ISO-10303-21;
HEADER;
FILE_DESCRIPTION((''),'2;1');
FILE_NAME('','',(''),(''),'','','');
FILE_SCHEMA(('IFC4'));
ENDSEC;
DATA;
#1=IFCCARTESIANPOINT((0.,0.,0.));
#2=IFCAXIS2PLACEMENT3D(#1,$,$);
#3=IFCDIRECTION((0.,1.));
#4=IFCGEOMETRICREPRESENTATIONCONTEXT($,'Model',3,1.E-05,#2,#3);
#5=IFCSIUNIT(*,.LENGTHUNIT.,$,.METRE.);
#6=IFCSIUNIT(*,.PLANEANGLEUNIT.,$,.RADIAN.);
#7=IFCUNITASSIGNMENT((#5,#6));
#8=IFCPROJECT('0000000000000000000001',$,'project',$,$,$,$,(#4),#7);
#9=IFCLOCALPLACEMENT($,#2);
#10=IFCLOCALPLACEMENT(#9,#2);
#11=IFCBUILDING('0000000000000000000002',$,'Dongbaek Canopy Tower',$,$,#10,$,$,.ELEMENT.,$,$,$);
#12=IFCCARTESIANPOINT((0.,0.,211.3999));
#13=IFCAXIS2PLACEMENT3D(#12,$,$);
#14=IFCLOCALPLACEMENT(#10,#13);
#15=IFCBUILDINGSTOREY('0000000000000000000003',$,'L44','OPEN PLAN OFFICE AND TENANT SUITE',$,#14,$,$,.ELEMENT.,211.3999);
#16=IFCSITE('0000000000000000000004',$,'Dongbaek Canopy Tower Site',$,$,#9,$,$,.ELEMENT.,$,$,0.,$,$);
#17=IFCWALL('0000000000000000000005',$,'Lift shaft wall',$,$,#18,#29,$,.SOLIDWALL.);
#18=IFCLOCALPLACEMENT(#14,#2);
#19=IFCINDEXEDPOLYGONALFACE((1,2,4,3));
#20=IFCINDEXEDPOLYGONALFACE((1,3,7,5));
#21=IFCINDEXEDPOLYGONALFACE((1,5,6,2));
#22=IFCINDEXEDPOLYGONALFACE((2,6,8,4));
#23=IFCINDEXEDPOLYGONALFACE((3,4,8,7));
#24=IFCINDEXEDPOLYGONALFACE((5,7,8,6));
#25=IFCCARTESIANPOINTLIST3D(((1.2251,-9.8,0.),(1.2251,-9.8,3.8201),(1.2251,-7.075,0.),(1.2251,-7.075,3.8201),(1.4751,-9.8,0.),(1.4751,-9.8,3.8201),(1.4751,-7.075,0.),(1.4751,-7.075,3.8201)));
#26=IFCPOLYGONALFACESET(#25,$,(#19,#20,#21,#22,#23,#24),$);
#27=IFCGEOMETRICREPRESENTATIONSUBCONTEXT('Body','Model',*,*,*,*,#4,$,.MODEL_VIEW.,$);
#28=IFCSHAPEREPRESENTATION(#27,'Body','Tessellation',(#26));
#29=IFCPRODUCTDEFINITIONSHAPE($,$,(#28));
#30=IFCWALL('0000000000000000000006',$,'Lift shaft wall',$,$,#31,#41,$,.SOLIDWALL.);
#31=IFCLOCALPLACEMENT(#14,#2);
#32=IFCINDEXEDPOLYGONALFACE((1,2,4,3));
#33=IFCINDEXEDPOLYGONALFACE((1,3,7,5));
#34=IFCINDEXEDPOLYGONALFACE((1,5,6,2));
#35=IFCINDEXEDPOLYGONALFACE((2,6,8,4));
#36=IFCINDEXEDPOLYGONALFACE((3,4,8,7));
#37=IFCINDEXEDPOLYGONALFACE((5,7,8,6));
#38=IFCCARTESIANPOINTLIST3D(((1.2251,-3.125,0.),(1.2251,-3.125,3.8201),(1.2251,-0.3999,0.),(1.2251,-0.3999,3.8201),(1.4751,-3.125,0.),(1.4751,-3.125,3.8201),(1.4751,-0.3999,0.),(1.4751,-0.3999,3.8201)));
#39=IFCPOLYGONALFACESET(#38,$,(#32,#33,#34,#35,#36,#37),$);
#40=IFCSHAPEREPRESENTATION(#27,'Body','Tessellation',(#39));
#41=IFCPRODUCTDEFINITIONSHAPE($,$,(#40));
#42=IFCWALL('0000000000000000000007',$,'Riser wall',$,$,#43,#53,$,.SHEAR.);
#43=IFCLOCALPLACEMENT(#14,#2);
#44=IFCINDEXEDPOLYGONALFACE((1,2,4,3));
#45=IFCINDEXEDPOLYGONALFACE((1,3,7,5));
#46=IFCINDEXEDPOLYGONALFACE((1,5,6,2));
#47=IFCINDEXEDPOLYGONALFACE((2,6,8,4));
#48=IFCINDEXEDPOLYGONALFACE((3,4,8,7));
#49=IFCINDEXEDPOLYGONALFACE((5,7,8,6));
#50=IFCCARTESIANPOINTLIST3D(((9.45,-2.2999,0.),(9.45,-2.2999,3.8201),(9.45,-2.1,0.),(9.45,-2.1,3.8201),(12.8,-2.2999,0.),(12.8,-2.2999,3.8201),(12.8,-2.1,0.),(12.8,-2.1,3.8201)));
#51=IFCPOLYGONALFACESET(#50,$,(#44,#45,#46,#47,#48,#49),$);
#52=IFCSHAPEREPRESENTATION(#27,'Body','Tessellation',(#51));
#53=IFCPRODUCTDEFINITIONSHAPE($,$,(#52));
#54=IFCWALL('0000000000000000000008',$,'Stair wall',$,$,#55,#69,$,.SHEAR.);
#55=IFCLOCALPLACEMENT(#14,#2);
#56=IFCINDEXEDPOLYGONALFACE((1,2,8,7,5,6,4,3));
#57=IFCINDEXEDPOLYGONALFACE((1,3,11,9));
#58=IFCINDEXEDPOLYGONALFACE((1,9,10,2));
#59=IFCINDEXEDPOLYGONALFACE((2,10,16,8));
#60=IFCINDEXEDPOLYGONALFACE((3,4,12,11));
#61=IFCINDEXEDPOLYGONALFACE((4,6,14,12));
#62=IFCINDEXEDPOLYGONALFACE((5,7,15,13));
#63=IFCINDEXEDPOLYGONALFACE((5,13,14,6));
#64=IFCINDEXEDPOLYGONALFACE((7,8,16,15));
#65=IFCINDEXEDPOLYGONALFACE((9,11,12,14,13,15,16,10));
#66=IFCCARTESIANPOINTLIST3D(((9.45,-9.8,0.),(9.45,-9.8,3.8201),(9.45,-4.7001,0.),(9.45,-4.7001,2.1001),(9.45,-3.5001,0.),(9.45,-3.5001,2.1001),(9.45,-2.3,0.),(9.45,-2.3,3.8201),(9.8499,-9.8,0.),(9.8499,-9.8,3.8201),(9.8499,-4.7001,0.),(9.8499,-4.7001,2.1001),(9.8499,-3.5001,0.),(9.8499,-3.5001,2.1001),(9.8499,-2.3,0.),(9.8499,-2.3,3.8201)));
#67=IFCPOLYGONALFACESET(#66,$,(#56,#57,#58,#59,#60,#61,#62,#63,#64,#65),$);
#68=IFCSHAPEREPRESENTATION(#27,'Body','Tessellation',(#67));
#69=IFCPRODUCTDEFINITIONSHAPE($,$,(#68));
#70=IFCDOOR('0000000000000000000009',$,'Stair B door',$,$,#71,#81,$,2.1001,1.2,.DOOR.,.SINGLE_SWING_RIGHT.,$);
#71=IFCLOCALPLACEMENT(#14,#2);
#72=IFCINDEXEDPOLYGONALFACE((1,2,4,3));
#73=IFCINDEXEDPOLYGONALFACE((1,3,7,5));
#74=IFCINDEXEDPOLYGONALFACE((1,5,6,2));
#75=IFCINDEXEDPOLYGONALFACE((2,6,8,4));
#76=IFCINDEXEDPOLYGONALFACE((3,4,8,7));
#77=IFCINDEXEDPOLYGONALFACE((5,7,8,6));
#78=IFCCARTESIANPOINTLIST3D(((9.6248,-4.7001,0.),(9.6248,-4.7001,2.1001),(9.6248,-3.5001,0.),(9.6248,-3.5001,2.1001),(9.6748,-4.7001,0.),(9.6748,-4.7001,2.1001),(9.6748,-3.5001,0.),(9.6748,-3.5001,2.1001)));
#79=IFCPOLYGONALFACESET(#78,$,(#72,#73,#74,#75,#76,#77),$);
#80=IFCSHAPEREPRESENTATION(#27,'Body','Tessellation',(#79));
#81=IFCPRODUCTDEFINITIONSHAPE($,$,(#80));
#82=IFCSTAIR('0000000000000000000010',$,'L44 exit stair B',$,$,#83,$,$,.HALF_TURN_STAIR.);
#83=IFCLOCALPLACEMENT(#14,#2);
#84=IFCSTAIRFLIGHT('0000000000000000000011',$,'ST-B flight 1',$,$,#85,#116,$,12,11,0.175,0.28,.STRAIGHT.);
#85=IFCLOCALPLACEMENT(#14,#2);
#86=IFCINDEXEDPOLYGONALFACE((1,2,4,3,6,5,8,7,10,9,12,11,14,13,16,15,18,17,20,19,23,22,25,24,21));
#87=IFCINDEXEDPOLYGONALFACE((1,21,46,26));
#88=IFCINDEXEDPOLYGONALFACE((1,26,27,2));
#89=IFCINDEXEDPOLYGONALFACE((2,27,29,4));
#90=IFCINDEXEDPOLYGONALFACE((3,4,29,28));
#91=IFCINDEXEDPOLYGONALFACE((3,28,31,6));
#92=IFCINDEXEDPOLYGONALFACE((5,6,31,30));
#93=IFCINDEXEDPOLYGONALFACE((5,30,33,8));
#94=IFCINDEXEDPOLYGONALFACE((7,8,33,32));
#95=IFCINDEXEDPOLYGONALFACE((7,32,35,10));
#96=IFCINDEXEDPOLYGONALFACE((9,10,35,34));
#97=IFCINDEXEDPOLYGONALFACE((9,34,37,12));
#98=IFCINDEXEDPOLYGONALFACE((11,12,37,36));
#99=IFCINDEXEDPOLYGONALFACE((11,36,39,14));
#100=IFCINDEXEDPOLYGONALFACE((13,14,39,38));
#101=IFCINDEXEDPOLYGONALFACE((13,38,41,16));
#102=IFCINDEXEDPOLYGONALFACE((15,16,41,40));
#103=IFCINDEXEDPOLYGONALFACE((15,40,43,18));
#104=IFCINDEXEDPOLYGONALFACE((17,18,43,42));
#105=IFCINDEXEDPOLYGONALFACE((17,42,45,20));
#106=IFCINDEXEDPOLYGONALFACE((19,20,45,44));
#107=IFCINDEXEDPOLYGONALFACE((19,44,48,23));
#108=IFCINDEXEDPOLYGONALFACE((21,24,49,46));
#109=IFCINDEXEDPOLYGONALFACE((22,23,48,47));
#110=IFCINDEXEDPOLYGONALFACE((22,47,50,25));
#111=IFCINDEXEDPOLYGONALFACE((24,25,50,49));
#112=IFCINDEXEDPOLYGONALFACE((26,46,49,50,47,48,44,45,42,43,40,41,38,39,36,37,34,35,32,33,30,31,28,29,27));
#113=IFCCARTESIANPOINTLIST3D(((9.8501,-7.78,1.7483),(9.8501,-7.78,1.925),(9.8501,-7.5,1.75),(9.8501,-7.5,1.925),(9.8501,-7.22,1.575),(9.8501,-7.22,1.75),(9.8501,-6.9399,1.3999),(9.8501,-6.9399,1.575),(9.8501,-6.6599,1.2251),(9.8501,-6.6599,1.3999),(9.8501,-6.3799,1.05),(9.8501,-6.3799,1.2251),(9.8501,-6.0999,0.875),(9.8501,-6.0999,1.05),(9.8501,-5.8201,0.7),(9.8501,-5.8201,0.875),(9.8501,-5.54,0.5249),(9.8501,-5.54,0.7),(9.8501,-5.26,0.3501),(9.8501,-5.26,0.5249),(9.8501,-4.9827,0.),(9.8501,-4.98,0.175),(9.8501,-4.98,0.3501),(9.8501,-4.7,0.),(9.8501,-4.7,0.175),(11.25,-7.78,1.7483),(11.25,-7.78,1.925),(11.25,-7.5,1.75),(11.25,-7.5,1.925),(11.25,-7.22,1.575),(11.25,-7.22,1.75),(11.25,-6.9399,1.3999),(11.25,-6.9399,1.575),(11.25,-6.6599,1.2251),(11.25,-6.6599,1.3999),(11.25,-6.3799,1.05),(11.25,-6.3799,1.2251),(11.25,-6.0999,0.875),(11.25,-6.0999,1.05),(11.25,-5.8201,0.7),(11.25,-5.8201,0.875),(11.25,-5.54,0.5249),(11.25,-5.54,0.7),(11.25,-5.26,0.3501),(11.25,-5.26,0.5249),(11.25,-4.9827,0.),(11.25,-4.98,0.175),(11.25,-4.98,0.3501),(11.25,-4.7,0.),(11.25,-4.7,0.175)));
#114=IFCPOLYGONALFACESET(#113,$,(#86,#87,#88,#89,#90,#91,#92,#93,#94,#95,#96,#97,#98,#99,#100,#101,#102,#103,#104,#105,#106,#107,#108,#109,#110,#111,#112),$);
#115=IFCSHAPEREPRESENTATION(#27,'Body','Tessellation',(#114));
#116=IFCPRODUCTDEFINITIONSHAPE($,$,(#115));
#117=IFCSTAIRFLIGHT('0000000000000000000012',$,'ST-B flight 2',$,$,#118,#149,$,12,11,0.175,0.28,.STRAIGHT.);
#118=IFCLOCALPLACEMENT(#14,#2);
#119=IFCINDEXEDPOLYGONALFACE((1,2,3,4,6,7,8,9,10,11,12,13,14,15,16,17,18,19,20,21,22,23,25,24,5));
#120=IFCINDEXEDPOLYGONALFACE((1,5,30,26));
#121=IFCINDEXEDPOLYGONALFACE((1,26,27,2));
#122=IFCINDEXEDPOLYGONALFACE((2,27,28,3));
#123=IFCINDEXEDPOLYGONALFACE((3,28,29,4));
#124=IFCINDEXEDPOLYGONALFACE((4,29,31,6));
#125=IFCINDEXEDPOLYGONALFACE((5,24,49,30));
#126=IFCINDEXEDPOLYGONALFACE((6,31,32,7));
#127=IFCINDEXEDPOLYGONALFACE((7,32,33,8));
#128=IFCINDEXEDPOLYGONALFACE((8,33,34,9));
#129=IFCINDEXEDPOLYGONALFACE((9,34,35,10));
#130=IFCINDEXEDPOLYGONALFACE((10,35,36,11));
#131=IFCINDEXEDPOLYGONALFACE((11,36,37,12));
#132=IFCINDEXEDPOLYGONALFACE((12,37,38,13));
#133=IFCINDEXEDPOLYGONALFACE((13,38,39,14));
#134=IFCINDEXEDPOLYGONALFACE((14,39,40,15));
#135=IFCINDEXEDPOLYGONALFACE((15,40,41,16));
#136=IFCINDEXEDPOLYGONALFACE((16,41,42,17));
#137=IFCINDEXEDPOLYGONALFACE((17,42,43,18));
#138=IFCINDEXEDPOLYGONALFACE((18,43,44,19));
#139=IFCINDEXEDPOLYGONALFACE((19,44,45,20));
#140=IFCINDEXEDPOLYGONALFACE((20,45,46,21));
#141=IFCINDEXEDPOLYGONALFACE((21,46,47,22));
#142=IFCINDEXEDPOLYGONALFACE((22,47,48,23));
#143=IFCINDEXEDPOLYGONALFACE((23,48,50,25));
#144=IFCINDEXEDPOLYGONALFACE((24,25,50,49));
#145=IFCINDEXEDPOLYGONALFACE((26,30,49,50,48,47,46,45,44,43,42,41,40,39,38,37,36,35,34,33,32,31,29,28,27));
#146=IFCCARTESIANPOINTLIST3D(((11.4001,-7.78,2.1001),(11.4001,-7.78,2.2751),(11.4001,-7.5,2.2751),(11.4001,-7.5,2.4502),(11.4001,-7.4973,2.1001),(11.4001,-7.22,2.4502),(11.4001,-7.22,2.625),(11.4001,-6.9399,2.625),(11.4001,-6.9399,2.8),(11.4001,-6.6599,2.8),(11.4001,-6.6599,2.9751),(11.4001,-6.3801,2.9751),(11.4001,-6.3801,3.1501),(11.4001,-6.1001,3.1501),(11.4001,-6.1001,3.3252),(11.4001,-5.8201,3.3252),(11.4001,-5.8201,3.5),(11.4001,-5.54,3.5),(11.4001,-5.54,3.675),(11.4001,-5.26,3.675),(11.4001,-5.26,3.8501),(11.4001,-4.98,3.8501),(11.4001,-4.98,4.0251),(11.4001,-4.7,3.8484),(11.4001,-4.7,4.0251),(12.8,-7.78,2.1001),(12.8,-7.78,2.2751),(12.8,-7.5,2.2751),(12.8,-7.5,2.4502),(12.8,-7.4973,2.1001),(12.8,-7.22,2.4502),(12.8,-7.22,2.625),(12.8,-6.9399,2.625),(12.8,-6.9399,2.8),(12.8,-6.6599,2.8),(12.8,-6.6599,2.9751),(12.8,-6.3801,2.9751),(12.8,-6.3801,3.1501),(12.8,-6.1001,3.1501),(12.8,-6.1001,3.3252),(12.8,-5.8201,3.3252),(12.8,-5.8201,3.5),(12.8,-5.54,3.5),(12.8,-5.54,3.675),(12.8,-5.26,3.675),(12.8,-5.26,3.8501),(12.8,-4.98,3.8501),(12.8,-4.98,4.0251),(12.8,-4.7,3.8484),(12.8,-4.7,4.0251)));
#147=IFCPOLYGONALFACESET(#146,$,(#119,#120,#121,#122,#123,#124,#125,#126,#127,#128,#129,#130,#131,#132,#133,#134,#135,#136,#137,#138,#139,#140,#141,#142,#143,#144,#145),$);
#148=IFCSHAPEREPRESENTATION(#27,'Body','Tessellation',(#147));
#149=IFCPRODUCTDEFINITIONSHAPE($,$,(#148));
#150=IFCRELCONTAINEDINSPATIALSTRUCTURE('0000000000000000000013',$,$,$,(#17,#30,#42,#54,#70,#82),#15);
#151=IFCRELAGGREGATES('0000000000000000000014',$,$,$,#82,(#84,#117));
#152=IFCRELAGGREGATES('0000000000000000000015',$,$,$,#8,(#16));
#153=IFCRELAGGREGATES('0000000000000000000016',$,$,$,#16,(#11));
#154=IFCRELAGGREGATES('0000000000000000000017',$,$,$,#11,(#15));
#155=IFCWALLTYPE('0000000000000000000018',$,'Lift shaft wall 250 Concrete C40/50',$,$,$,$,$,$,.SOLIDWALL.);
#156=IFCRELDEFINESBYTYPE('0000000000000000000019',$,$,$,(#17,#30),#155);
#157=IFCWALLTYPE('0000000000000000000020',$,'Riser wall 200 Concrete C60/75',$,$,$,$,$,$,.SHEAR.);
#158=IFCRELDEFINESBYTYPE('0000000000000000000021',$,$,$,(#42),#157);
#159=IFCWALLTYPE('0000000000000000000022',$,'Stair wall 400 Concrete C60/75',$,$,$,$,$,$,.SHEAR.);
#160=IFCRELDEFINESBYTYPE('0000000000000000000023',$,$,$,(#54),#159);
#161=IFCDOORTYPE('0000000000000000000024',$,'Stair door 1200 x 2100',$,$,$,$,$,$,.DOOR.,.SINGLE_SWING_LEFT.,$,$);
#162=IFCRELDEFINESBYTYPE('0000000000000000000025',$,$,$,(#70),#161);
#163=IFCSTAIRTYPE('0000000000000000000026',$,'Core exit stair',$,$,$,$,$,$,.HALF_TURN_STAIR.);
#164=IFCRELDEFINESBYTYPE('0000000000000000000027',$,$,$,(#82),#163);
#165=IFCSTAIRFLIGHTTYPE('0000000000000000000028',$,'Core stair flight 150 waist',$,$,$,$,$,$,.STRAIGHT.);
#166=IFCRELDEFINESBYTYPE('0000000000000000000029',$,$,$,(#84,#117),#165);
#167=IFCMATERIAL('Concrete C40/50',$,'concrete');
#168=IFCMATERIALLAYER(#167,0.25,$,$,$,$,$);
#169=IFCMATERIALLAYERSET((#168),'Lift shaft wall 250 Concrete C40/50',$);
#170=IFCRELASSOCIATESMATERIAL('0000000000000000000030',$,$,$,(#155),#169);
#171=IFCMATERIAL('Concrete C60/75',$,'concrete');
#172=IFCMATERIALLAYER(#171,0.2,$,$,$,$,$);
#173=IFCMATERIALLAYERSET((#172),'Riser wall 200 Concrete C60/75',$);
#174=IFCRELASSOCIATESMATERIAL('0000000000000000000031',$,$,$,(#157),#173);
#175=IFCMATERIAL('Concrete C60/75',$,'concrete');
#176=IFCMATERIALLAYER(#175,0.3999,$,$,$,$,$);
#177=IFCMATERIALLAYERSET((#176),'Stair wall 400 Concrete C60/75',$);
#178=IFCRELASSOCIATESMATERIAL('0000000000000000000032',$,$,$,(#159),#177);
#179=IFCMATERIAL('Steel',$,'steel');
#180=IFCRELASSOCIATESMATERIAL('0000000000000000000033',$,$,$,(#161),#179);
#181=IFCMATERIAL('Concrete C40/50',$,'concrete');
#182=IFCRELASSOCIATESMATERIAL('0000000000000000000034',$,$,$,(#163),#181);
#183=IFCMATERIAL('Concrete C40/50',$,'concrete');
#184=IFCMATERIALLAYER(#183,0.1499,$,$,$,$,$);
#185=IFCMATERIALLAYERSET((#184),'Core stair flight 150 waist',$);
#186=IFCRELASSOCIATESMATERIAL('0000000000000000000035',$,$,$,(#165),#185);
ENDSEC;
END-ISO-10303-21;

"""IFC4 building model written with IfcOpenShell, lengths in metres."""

from ifc_helpers import new_model, si_unit, direction, frame, frame_2d, origin, place, context, subcontext, project, spatial, polyline, rectangle, outline, extrude, material, layer, layer_set, type_object, element, fill, aggregate, save


model = new_model("IFC4")

# Units and contexts
model_context = context("Model", 3, precision=1e-05, world=origin(), true_north=direction((0.0, 1.0)))
body_context = subcontext(model_context, "Body", "Model", "MODEL_VIEW")
ifc_project = project(units=[si_unit("LENGTHUNIT", "METRE"), si_unit("PLANEANGLEUNIT", "RADIAN")], contexts=[model_context])

# Site, building, storey
site_placement = place(None, origin())
site = spatial("IfcSite", under=ifc_project, at=site_placement, Name="Dongbaek Canopy Tower Site", CompositionType="ELEMENT", RefElevation=0.0)
building_placement = place(site_placement, origin())
building = spatial("IfcBuilding", under=site, at=building_placement, Name="Dongbaek Canopy Tower", CompositionType="ELEMENT")
storey_placement = place(building_placement, frame((0.0, 0.0, 211.3999)))
storey = spatial("IfcBuildingStorey", under=building, at=storey_placement, Name="L44", Description="OPEN PLAN OFFICE AND TENANT SUITE", CompositionType="ELEMENT", Elevation=211.3999)

# Walls
ifc_material_1 = material(Name="Concrete C40/50", Category="concrete")
ifc_layer_1 = layer(ifc_material_1, 0.25)
ifc_layer_set_1 = layer_set([ifc_layer_1], Name="Lift shaft wall 250 Concrete C40/50")
wall_type_1 = type_object("IfcWallType", Name="Lift shaft wall 250 Concrete C40/50", PredefinedType="SOLIDWALL", material=ifc_layer_set_1)
for number, where, z_axis, x_axis, name in (
    (1, (1.3501, -9.8, 0.0), (0.0, 0.0, 1.0), (0.0, 1.0, 0.0), "Lift shaft wall"),
    (2, (1.3501, -3.125, 0.0), (0.0, 0.0, 1.0), (0.0, 1.0, 0.0), "Lift shaft wall"),
):
    element("IfcWall", number, at=place(storey_placement, frame(where, z_axis=z_axis, x_axis=x_axis)), inside=storey, type_object=wall_type_1, Name=name, PredefinedType="SOLIDWALL", context=body_context, shape_type="SweptSolid", body=[
        extrude(rectangle(XDim=2.7251, YDim=0.25, at=frame_2d((1.3625, 0.0))), origin(), (0.0, 0.0, 1.0), 3.8201),
    ])
ifc_material_2 = material(Name="Concrete C60/75", Category="concrete")
ifc_layer_2 = layer(ifc_material_2, 0.2)
ifc_layer_set_2 = layer_set([ifc_layer_2], Name="Riser wall 200 Concrete C60/75")
wall_type_2 = type_object("IfcWallType", Name="Riser wall 200 Concrete C60/75", PredefinedType="SHEAR", material=ifc_layer_set_2)
wall_1_placement = place(storey_placement, frame((9.45, -2.2, 0.0), z_axis=(0.0, 0.0, 1.0), x_axis=(1.0, 0.0, 0.0)))
element("IfcWall", 3, at=wall_1_placement, inside=storey, type_object=wall_type_2, Name="Riser wall", PredefinedType="SHEAR", context=body_context, shape_type="SweptSolid", body=[
    extrude(rectangle(XDim=3.3501, YDim=0.2, at=frame_2d((1.675, 0.0))), origin(), (0.0, 0.0, 1.0), 3.8201),
])

# Wall, opening, door
ifc_material_3 = material(Name="Concrete C60/75", Category="concrete")
ifc_layer_3 = layer(ifc_material_3, 0.3999)
ifc_layer_set_3 = layer_set([ifc_layer_3], Name="Stair wall 400 Concrete C60/75")
wall_type_3 = type_object("IfcWallType", Name="Stair wall 400 Concrete C60/75", PredefinedType="SHEAR", material=ifc_layer_set_3)
wall_2_placement = place(storey_placement, frame((9.6499, -2.3, 0.0), z_axis=(0.0, 0.0, 1.0), x_axis=(0.0, -1.0, 0.0)))
wall_2 = element("IfcWall", 4, at=wall_2_placement, inside=storey, type_object=wall_type_3, Name="Stair wall", PredefinedType="SHEAR", context=body_context, shape_type="SweptSolid", body=[
    extrude(rectangle(XDim=7.5, YDim=0.3999, at=frame_2d((3.75, 0.0))), origin(), (0.0, 0.0, 1.0), 3.8201),
])
opening_1_placement = place(wall_2_placement, frame((1.2, 0.0, 0.0)))
opening_1 = element("IfcOpeningElement", 5, at=opening_1_placement, cuts=wall_2, PredefinedType="OPENING", context=body_context, shape_type="SweptSolid", body=[
    extrude(rectangle(XDim=1.2, YDim=2.1001, at=frame_2d((0.6001, 1.05))), frame((0.0, 0.21, 0.0), z_axis=(0.0, -1.0, 0.0), x_axis=(1.0, 0.0, 0.0)), (0.0, 0.0, 1.0), 0.4199),
])
ifc_material_4 = material(Name="Steel", Category="steel")
door_type_1 = type_object("IfcDoorType", Name="Stair door 1200 x 2100", OperationType="SINGLE_SWING_LEFT", PredefinedType="DOOR", material=ifc_material_4)
door_1_placement = place(opening_1_placement, origin())
door_1 = element("IfcDoor", 6, at=door_1_placement, inside=storey, type_object=door_type_1, Name="Stair B door", OperationType="SINGLE_SWING_RIGHT", OverallHeight=2.1001, OverallWidth=1.2, PredefinedType="DOOR", context=body_context, shape_type="SweptSolid", body=[
    extrude(rectangle(XDim=1.2, YDim=2.1001, at=frame_2d((0.6001, 1.05))), frame((0.0, 0.0249, 0.0), z_axis=(0.0, -1.0, 0.0), x_axis=(1.0, 0.0, 0.0)), (0.0, 0.0, 1.0), 0.05),
])
fill(opening_1, door_1)

# Stair, stair flights
ifc_material_5 = material(Name="Concrete C40/50", Category="concrete")
stair_type = type_object("IfcStairType", Name="Core exit stair", PredefinedType="HALF_TURN_STAIR", material=ifc_material_5)
stair_placement = place(storey_placement, origin())
stair = element("IfcStair", 7, at=stair_placement, inside=storey, type_object=stair_type, Name="L44 exit stair B", PredefinedType="HALF_TURN_STAIR")
ifc_material_6 = material(Name="Concrete C40/50", Category="concrete")
ifc_layer_4 = layer(ifc_material_6, 0.1499)
ifc_layer_set_4 = layer_set([ifc_layer_4], Name="Core stair flight 150 waist")
stair_flight_type = type_object("IfcStairFlightType", Name="Core stair flight 150 waist", PredefinedType="STRAIGHT", material=ifc_layer_set_4)
stair_flight_1_placement = place(storey_placement, frame((10.55, -4.7, 0.0), z_axis=(0.0, 0.0, 1.0), x_axis=(0.0, -1.0, 0.0)))
stair_flight_1 = element("IfcStairFlight", 8, at=stair_flight_1_placement, type_object=stair_flight_type, Name="ST-B flight 1", NumberOfRisers=12, NumberOfTreads=11, PredefinedType="STRAIGHT", RiserHeight=0.175, TreadLength=0.28, context=body_context, shape_type="SweptSolid", body=[
    extrude(outline(polyline([(0.0, 0.0), (0.0, 0.175), (0.28, 0.175), (0.28, 0.3501), (0.5601, 0.3501), (0.5601, 0.5249), (0.8401, 0.5249), (0.8401, 0.7), (1.1201, 0.7), (1.1201, 0.875), (1.3999, 0.875), (1.3999, 1.05), (1.6799, 1.05), (1.6799, 1.2251), (1.96, 1.2251), (1.96, 1.3999), (2.24, 1.3999), (2.24, 1.575), (2.52, 1.575), (2.52, 1.75), (2.8, 1.75), (2.8, 1.925), (3.0801, 1.925), (3.0801, 2.1001), (3.0801, 1.7483), (0.2827, 0.0), (0.0, 0.0)])), frame((0.0, 0.7, 0.0), z_axis=(0.0, -1.0, 0.0), x_axis=(1.0, 0.0, 0.0)), (0.0, 0.0, 1.0), 1.3999),
])
stair_flight_2_placement = place(storey_placement, frame((12.1001, -7.78, 2.1001), z_axis=(0.0, 0.0, 1.0), x_axis=(0.0, 1.0, 0.0)))
stair_flight_2 = element("IfcStairFlight", 9, at=stair_flight_2_placement, type_object=stair_flight_type, Name="ST-B flight 2", NumberOfRisers=12, NumberOfTreads=11, PredefinedType="STRAIGHT", RiserHeight=0.175, TreadLength=0.28, context=body_context, shape_type="SweptSolid", body=[
    extrude(outline(polyline([(0.0, 0.0), (0.0, 0.175), (0.28, 0.175), (0.28, 0.3501), (0.5601, 0.3501), (0.5601, 0.5249), (0.8401, 0.5249), (0.8401, 0.7), (1.1201, 0.7), (1.1201, 0.875), (1.3999, 0.875), (1.3999, 1.05), (1.6799, 1.05), (1.6799, 1.2251), (1.96, 1.2251), (1.96, 1.3999), (2.24, 1.3999), (2.24, 1.575), (2.52, 1.575), (2.52, 1.75), (2.8, 1.75), (2.8, 1.925), (3.0801, 1.925), (3.0801, 2.1001), (3.0801, 1.7483), (0.2827, 0.0), (0.0, 0.0)])), frame((0.0, 0.7, 0.0), z_axis=(0.0, -1.0, 0.0), x_axis=(1.0, 0.0, 0.0)), (0.0, 0.0, 1.0), 1.3999),
])
aggregate(stair, [stair_flight_1, stair_flight_2])

save(model, "model.ifc")
